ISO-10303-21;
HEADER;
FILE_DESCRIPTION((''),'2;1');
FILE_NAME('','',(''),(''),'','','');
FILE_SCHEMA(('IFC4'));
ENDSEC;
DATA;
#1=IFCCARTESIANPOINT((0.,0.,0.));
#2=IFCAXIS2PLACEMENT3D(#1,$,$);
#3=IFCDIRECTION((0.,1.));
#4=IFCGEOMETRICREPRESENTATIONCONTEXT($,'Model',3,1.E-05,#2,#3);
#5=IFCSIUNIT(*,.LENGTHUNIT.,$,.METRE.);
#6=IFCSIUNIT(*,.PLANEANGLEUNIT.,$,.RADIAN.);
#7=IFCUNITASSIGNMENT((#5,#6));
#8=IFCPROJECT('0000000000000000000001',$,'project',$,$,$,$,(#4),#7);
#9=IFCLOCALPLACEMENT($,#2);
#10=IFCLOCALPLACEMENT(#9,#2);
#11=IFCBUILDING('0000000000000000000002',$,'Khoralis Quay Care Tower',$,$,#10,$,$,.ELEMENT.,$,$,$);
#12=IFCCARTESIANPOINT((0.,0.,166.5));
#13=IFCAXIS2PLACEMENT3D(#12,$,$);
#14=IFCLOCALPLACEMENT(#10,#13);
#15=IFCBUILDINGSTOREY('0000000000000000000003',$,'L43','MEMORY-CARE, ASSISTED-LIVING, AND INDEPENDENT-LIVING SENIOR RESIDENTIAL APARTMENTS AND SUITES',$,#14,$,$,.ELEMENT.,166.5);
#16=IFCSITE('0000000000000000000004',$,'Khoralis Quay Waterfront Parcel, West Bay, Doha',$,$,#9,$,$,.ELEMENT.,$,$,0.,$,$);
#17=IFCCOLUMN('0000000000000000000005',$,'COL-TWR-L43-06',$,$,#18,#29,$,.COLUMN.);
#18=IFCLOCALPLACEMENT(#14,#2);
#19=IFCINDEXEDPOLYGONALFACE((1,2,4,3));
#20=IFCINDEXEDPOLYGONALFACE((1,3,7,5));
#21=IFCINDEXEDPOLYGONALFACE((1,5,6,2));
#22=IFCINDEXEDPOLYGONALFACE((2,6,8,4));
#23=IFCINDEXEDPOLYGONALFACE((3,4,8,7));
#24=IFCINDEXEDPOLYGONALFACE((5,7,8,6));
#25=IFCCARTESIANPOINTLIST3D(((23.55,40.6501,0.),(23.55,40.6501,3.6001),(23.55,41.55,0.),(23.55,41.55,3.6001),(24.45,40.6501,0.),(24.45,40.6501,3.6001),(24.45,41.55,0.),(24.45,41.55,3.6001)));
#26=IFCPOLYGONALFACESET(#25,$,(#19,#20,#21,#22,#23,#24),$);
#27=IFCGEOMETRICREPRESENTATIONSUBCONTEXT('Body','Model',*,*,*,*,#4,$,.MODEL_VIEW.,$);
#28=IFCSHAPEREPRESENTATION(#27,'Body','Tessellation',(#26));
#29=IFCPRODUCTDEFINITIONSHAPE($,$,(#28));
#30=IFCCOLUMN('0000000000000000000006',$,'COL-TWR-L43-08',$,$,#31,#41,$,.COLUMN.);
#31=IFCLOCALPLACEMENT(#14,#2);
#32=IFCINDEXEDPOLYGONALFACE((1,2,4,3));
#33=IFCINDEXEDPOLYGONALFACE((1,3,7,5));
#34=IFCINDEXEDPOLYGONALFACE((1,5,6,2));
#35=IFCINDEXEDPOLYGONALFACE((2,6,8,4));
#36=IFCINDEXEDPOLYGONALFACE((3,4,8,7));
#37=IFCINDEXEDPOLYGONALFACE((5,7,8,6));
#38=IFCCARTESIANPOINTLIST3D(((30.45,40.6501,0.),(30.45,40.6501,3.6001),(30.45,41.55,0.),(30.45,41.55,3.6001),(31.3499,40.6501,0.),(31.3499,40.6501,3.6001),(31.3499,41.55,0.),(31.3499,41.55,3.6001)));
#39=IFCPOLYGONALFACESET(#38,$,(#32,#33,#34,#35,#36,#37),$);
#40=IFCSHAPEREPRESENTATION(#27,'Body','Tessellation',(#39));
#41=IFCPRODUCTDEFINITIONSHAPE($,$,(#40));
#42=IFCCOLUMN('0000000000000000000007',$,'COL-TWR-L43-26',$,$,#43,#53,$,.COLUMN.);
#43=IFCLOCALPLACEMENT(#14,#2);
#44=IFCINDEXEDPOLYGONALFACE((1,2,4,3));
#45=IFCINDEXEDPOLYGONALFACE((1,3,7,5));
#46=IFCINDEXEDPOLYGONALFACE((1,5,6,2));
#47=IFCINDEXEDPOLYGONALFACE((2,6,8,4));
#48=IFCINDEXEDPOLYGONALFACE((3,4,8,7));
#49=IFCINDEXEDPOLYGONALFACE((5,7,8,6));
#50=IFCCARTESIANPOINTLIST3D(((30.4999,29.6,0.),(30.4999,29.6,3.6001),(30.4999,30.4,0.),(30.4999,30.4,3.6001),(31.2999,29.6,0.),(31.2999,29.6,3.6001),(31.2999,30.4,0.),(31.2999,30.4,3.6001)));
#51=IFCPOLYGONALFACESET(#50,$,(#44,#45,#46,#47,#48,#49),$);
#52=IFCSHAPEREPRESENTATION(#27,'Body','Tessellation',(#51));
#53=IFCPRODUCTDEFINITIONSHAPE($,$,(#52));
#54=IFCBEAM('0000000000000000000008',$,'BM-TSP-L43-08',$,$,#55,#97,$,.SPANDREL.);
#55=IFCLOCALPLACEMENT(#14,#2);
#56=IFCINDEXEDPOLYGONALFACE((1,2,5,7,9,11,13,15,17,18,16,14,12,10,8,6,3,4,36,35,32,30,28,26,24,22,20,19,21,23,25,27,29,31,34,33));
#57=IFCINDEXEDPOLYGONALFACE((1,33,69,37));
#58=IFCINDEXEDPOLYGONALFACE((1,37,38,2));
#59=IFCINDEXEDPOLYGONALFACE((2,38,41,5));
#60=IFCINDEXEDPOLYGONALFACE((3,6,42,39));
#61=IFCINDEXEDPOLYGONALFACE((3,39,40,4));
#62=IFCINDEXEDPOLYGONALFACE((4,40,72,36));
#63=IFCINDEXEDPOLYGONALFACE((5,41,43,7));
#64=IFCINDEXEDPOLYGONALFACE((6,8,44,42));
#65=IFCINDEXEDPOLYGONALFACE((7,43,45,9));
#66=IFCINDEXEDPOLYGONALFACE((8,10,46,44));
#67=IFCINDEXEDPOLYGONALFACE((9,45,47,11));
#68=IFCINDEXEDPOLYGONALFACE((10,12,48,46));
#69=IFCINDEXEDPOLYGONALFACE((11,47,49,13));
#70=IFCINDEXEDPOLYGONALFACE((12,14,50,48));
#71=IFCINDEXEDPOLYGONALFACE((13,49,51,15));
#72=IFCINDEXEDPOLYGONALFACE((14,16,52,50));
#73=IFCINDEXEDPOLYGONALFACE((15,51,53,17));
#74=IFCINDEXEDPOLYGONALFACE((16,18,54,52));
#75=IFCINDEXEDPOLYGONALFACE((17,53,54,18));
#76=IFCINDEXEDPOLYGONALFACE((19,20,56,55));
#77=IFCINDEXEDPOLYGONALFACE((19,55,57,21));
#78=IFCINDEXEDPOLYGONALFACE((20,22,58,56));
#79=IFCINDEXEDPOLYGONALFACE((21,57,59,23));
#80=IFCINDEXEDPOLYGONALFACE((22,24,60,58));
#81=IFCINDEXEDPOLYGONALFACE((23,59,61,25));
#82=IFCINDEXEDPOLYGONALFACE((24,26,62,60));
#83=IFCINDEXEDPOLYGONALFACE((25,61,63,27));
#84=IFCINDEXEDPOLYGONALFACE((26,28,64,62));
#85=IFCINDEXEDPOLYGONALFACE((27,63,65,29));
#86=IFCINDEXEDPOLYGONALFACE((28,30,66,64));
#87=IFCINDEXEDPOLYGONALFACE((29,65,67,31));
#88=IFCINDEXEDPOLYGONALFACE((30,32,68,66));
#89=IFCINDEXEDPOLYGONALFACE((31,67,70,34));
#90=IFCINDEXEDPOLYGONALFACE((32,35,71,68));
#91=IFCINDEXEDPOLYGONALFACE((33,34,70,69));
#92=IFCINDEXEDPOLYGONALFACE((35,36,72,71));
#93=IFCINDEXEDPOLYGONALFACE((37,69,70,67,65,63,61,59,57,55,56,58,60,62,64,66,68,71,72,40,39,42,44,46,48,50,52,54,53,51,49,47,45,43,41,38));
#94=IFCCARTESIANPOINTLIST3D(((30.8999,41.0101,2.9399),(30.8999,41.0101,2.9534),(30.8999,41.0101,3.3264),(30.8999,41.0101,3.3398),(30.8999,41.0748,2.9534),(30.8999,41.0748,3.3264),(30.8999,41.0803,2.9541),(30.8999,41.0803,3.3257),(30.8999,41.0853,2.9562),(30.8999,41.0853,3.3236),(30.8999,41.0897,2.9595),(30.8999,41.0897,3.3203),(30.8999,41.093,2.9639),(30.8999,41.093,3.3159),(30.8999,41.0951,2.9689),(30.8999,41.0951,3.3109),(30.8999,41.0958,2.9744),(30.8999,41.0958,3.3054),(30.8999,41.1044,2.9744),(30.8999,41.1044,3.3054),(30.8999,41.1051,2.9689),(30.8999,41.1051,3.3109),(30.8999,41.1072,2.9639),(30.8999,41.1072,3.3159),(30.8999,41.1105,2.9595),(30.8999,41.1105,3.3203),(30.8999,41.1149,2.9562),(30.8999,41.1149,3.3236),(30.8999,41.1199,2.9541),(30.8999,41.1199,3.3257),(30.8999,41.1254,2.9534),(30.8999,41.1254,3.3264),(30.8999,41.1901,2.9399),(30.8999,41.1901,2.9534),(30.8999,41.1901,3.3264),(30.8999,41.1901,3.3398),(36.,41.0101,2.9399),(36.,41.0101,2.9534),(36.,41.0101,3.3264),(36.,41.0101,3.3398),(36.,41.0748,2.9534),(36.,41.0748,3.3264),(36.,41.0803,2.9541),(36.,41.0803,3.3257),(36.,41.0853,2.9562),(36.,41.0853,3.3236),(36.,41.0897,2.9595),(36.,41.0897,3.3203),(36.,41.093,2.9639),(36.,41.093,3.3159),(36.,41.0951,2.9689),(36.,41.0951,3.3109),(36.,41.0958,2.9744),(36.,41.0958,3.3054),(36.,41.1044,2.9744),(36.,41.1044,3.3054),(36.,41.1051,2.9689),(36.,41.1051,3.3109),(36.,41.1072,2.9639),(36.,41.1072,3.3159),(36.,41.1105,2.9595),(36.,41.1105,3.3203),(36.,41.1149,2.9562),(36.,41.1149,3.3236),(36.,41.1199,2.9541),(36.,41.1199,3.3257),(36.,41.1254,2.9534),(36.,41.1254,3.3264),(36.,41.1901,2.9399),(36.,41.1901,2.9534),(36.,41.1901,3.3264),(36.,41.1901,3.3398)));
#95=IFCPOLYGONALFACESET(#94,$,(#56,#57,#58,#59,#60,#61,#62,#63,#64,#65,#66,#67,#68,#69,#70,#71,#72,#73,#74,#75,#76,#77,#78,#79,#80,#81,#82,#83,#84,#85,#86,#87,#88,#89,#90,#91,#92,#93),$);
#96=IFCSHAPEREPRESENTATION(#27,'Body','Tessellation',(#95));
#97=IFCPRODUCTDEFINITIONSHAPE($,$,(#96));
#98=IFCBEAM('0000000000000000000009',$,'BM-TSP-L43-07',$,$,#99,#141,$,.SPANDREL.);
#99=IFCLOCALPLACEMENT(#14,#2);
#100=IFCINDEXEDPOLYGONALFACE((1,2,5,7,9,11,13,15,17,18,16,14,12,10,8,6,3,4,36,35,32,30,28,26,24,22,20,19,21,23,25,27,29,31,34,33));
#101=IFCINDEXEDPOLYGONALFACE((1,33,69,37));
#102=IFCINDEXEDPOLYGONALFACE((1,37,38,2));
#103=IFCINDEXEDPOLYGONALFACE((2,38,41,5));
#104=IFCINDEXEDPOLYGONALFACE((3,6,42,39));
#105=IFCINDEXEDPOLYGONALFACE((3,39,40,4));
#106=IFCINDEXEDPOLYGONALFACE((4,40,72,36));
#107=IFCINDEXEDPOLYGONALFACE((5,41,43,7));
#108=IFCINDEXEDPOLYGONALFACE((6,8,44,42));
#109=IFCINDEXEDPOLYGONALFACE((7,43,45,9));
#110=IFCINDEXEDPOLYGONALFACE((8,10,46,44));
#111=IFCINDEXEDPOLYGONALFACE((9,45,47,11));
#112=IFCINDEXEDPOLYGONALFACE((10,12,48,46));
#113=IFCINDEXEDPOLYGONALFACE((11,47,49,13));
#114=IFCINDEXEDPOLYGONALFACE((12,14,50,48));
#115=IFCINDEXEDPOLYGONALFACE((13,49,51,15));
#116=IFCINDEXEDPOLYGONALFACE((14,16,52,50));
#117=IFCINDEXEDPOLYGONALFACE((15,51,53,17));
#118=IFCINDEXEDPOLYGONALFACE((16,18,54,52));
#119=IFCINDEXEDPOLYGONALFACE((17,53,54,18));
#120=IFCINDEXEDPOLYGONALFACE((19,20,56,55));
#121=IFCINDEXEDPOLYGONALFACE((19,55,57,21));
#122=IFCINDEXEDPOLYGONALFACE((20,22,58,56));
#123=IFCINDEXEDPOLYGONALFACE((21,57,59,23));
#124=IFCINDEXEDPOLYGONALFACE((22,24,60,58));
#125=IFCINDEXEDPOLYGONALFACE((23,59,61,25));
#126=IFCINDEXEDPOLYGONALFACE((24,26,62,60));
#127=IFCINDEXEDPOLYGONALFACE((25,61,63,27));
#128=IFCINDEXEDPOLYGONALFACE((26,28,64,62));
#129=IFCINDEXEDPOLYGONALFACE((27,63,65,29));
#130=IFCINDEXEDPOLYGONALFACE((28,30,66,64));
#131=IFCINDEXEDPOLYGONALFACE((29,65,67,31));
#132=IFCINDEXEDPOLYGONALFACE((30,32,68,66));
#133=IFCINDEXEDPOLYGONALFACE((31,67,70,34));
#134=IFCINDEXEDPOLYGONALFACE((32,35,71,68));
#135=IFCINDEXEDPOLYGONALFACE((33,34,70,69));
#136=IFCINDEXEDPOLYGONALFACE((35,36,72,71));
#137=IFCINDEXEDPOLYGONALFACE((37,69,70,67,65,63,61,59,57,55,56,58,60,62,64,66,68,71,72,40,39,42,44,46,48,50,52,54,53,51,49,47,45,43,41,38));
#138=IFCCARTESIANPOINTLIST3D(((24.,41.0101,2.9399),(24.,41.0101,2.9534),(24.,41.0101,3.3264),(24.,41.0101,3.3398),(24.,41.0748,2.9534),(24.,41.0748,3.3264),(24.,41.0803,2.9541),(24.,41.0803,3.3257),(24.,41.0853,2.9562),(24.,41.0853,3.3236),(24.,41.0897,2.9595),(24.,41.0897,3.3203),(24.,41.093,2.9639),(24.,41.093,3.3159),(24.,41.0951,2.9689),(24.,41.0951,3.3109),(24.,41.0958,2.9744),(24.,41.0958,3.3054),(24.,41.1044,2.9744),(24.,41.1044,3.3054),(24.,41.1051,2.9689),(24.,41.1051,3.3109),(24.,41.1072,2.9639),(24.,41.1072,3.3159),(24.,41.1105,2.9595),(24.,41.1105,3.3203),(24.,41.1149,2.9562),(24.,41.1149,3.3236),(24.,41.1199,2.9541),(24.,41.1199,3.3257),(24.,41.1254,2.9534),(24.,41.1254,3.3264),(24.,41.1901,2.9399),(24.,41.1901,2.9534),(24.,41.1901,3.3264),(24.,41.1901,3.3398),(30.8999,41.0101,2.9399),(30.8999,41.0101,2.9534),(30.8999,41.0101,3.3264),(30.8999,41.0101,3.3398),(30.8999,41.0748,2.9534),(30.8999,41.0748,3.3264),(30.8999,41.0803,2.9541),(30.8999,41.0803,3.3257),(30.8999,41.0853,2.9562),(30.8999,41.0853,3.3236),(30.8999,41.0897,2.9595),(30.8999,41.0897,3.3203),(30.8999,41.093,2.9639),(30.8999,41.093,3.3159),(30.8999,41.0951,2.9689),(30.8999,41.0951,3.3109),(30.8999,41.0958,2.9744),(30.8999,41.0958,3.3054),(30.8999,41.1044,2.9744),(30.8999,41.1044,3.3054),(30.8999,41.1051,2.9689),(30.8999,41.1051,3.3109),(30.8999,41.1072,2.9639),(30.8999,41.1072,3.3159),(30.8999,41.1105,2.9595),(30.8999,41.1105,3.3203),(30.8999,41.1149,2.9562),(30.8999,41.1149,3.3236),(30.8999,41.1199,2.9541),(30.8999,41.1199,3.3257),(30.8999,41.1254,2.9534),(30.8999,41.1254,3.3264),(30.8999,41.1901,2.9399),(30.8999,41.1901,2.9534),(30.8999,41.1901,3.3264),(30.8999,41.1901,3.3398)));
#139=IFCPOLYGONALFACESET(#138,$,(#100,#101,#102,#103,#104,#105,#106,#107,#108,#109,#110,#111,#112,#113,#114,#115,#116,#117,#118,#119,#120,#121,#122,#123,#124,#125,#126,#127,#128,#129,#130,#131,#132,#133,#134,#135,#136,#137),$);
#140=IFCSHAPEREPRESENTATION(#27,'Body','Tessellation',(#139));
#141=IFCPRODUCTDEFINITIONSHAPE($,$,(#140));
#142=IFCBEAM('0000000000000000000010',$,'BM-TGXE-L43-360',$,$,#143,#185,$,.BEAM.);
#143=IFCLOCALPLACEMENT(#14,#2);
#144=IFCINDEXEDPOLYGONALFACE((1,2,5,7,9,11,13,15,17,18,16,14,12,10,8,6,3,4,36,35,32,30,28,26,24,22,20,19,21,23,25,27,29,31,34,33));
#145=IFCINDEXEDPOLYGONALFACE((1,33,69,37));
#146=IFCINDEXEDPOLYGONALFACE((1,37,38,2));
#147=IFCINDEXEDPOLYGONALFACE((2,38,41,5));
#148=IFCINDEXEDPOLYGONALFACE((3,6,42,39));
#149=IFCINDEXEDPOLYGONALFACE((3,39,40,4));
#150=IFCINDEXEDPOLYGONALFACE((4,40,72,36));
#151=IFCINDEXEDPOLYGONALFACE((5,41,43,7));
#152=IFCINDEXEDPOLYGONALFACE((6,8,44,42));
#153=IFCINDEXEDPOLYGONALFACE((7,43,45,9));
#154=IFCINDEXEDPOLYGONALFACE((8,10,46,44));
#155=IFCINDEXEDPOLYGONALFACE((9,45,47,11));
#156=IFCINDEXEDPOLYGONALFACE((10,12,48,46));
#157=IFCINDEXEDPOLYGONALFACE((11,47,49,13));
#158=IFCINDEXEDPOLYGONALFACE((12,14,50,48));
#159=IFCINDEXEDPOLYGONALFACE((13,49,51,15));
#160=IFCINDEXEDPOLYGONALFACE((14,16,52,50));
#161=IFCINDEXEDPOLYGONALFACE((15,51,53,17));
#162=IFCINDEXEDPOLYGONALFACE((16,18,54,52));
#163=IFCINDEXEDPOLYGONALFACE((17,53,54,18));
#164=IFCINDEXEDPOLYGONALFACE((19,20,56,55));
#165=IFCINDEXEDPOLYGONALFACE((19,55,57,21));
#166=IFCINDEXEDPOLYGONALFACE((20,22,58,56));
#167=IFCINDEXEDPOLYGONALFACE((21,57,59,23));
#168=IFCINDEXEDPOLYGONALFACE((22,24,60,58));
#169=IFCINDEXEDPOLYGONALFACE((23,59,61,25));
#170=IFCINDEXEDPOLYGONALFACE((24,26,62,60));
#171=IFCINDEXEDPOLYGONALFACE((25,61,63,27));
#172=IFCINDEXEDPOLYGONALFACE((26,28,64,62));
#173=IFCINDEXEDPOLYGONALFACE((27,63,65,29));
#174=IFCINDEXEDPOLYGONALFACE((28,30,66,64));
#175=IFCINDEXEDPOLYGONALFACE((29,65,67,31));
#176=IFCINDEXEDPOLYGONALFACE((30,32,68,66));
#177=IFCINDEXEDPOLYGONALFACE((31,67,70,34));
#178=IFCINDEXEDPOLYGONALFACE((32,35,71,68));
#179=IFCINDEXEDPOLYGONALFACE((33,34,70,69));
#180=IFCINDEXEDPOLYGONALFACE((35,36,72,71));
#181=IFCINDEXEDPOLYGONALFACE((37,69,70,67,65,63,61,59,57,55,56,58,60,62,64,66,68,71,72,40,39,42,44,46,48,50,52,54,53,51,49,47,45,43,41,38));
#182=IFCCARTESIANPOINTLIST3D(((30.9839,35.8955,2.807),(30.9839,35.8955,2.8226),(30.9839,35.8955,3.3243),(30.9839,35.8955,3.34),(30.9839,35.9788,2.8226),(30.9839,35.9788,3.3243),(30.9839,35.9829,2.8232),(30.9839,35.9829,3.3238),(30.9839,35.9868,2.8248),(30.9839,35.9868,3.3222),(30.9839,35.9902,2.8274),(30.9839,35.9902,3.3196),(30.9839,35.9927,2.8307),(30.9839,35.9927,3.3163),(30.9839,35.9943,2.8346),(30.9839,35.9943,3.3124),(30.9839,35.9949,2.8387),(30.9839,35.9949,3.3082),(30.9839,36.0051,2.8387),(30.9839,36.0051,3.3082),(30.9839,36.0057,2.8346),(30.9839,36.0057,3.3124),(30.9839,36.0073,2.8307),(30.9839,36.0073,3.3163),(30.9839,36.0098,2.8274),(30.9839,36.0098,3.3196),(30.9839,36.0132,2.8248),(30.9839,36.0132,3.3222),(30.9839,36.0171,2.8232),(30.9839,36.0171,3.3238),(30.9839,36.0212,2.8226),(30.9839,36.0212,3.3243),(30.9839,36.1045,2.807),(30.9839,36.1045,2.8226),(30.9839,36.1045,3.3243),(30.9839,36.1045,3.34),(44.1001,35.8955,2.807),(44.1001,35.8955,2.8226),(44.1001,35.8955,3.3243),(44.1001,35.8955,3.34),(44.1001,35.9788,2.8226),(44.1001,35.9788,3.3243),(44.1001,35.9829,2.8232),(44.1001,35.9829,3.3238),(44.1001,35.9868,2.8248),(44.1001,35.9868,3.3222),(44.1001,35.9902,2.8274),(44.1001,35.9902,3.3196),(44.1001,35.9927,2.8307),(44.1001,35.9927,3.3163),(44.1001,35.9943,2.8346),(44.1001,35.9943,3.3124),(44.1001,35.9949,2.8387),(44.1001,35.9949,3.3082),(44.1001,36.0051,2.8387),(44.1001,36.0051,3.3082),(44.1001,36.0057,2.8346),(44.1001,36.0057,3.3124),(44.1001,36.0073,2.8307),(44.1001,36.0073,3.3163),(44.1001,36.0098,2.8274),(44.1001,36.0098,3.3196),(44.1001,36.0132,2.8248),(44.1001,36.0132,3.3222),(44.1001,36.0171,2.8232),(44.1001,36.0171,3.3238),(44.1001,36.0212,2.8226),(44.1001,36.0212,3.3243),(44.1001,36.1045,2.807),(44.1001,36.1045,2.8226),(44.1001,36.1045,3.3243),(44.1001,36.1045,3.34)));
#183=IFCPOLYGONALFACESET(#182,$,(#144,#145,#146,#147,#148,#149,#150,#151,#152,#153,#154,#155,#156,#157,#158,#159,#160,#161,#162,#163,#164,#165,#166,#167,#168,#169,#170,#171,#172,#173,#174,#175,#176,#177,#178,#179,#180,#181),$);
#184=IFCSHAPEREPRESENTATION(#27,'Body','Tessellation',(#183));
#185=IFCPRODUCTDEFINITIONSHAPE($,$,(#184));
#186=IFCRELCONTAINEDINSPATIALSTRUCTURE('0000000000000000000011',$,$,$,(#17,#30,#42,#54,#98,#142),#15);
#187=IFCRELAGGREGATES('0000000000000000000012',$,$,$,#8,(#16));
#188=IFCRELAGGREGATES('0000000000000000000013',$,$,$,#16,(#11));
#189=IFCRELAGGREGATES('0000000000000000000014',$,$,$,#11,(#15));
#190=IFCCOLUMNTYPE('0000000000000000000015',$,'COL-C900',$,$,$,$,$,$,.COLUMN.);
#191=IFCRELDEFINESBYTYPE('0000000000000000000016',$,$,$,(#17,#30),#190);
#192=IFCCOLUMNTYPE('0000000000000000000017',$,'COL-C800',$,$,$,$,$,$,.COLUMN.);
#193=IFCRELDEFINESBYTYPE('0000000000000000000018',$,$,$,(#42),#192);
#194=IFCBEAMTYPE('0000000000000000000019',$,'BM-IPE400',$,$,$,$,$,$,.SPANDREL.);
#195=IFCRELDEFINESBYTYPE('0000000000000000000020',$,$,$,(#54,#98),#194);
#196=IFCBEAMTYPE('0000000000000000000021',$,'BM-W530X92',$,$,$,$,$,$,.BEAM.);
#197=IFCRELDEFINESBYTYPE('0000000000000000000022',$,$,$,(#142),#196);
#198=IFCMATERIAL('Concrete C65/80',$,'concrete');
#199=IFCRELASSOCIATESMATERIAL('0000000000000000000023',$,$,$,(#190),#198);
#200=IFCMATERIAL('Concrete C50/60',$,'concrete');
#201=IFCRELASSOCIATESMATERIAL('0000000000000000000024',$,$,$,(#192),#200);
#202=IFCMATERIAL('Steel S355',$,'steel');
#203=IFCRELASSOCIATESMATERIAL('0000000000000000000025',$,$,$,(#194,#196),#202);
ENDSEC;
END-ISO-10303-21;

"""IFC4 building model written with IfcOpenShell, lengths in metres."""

from ifc_helpers import new_model, si_unit, direction, frame, origin, origin_2d, place, context, subcontext, project, spatial, rectangle, i_section, extrude, source, transform, mapped, material, material_profile, profile_set, type_object, element, save


model = new_model("IFC4")

# Units and contexts
model_context = context("Model", 3, precision=1e-05, world=origin(), true_north=direction((0.0, 1.0)))
body_context = subcontext(model_context, "Body", "Model", "MODEL_VIEW")
ifc_project = project(units=[si_unit("LENGTHUNIT", "METRE"), si_unit("PLANEANGLEUNIT", "RADIAN")], contexts=[model_context])

# Site, building, storey
site_placement = place(None, origin())
site = spatial("IfcSite", under=ifc_project, at=site_placement, Name="Khoralis Quay Waterfront Parcel, West Bay, Doha", CompositionType="ELEMENT", RefElevation=0.0)
building_placement = place(site_placement, origin())
building = spatial("IfcBuilding", under=site, at=building_placement, Name="Khoralis Quay Care Tower", CompositionType="ELEMENT")
storey_placement = place(building_placement, frame((0.0, 0.0, 166.5)))
storey = spatial("IfcBuildingStorey", under=building, at=storey_placement, Name="L43", Description="MEMORY-CARE, ASSISTED-LIVING, AND INDEPENDENT-LIVING SENIOR RESIDENTIAL APARTMENTS AND SUITES", CompositionType="ELEMENT", Elevation=166.5)

# Columns
ifc_material_1 = material(Name="Concrete C65/80", Category="concrete")
ifc_material_profile_1 = material_profile(ifc_material_1, rectangle(XDim=0.8999, YDim=0.8999, at=origin_2d()), Name="Concrete C65/80")
ifc_profile_set_1 = profile_set([ifc_material_profile_1], Name="Concrete C65/80")
column_type_1 = type_object("IfcColumnType", Name="COL-C900", PredefinedType="COLUMN", material=ifc_profile_set_1)
shared_shape_1 = source(origin(), body_context, "Body", "SweptSolid", [
    extrude(rectangle(XDim=0.8999, YDim=0.8999, at=origin_2d()), origin(), (0.0, 0.0, 1.0), 3.6001),
])
for number, where, z_axis, x_axis, name in (
    (1, (24.0, 41.1001, 0.0), (0.0, 0.0, 1.0), (1.0, 0.0, 0.0), "COL-TWR-L43-06"),
    (2, (30.8999, 41.1001, 0.0), (0.0, 0.0, 1.0), (1.0, 0.0, 0.0), "COL-TWR-L43-08"),
):
    element("IfcColumn", number, at=place(storey_placement, frame(where, z_axis=z_axis, x_axis=x_axis)), inside=storey, type_object=column_type_1, Name=name, PredefinedType="COLUMN", context=body_context, shape_type="MappedRepresentation", body=[
        mapped(shared_shape_1, transform((0.0, 0.0, 0.0), scale=1.0)),
    ])
ifc_material_2 = material(Name="Concrete C50/60", Category="concrete")
ifc_material_profile_2 = material_profile(ifc_material_2, rectangle(XDim=0.8, YDim=0.8, at=origin_2d()), Name="Concrete C50/60")
ifc_profile_set_2 = profile_set([ifc_material_profile_2], Name="Concrete C50/60")
column_type_2 = type_object("IfcColumnType", Name="COL-C800", PredefinedType="COLUMN", material=ifc_profile_set_2)
shared_shape_2 = source(origin(), body_context, "Body", "SweptSolid", [
    extrude(rectangle(XDim=0.8, YDim=0.8, at=origin_2d()), origin(), (0.0, 0.0, 1.0), 3.6001),
])
column_placement = place(storey_placement, frame((30.8999, 30.0, 0.0), z_axis=(0.0, 0.0, 1.0), x_axis=(1.0, 0.0, 0.0)))
element("IfcColumn", 3, at=column_placement, inside=storey, type_object=column_type_2, Name="COL-TWR-L43-26", PredefinedType="COLUMN", context=body_context, shape_type="MappedRepresentation", body=[
    mapped(shared_shape_2, transform((0.0, 0.0, 0.0), scale=1.0)),
])

# Beams
ifc_material_3 = material(Name="Steel S355", Category="steel")
ifc_material_profile_3 = material_profile(ifc_material_3, i_section(OverallWidth=0.1799, OverallDepth=0.3999, WebThickness=0.0085, FlangeThickness=0.0134, FilletRadius=0.021, at=origin_2d()), Name="Steel S355")
ifc_profile_set_3 = profile_set([ifc_material_profile_3], Name="Steel S355")
beam_type_1 = type_object("IfcBeamType", Name="BM-IPE400", PredefinedType="SPANDREL", material=ifc_profile_set_3)
shared_shape_3 = source(origin(), body_context, "Body", "SweptSolid", [
    extrude(i_section(OverallWidth=0.1799, OverallDepth=0.3999, WebThickness=0.0085, FlangeThickness=0.0134, FilletRadius=0.021, at=origin_2d()), origin(), (0.0, 0.0, 1.0), 5.1001),
])
beam_1_placement = place(storey_placement, frame((30.8999, 41.1001, 3.1399), z_axis=(1.0, 0.0, 0.0), x_axis=(0.0, 1.0, 0.0)))
element("IfcBeam", 4, at=beam_1_placement, inside=storey, type_object=beam_type_1, Name="BM-TSP-L43-08", PredefinedType="SPANDREL", context=body_context, shape_type="MappedRepresentation", body=[
    mapped(shared_shape_3, transform((0.0, 0.0, 0.0), scale=1.0)),
])
shared_shape_4 = source(origin(), body_context, "Body", "SweptSolid", [
    extrude(i_section(OverallWidth=0.1799, OverallDepth=0.3999, WebThickness=0.0085, FlangeThickness=0.0134, FilletRadius=0.021, at=origin_2d()), origin(), (0.0, 0.0, 1.0), 6.8999),
])
beam_2_placement = place(storey_placement, frame((24.0, 41.1001, 3.1399), z_axis=(1.0, 0.0, 0.0), x_axis=(0.0, 1.0, 0.0)))
element("IfcBeam", 5, at=beam_2_placement, inside=storey, type_object=beam_type_1, Name="BM-TSP-L43-07", PredefinedType="SPANDREL", context=body_context, shape_type="MappedRepresentation", body=[
    mapped(shared_shape_4, transform((0.0, 0.0, 0.0), scale=1.0)),
])
ifc_material_profile_4 = material_profile(ifc_material_3, i_section(OverallWidth=0.209, OverallDepth=0.533, WebThickness=0.0103, FlangeThickness=0.0156, FilletRadius=0.0161, at=origin_2d()), Name="Steel S355")
ifc_profile_set_4 = profile_set([ifc_material_profile_4], Name="Steel S355")
beam_type_2 = type_object("IfcBeamType", Name="BM-W530X92", PredefinedType="BEAM", material=ifc_profile_set_4)
shared_shape_5 = source(origin(), body_context, "Body", "SweptSolid", [
    extrude(i_section(OverallWidth=0.209, OverallDepth=0.533, WebThickness=0.0103, FlangeThickness=0.0156, FilletRadius=0.0161, at=origin_2d()), origin(), (0.0, 0.0, 1.0), 13.1162),
])
beam_3_placement = place(storey_placement, frame((30.9839, 36.0, 3.0735), z_axis=(1.0, 0.0, 0.0), x_axis=(0.0, 1.0, 0.0)))
element("IfcBeam", 6, at=beam_3_placement, inside=storey, type_object=beam_type_2, Name="BM-TGXE-L43-360", PredefinedType="BEAM", context=body_context, shape_type="MappedRepresentation", body=[
    mapped(shared_shape_5, transform((0.0, 0.0, 0.0), scale=1.0)),
])

save(model, "model.ifc")
